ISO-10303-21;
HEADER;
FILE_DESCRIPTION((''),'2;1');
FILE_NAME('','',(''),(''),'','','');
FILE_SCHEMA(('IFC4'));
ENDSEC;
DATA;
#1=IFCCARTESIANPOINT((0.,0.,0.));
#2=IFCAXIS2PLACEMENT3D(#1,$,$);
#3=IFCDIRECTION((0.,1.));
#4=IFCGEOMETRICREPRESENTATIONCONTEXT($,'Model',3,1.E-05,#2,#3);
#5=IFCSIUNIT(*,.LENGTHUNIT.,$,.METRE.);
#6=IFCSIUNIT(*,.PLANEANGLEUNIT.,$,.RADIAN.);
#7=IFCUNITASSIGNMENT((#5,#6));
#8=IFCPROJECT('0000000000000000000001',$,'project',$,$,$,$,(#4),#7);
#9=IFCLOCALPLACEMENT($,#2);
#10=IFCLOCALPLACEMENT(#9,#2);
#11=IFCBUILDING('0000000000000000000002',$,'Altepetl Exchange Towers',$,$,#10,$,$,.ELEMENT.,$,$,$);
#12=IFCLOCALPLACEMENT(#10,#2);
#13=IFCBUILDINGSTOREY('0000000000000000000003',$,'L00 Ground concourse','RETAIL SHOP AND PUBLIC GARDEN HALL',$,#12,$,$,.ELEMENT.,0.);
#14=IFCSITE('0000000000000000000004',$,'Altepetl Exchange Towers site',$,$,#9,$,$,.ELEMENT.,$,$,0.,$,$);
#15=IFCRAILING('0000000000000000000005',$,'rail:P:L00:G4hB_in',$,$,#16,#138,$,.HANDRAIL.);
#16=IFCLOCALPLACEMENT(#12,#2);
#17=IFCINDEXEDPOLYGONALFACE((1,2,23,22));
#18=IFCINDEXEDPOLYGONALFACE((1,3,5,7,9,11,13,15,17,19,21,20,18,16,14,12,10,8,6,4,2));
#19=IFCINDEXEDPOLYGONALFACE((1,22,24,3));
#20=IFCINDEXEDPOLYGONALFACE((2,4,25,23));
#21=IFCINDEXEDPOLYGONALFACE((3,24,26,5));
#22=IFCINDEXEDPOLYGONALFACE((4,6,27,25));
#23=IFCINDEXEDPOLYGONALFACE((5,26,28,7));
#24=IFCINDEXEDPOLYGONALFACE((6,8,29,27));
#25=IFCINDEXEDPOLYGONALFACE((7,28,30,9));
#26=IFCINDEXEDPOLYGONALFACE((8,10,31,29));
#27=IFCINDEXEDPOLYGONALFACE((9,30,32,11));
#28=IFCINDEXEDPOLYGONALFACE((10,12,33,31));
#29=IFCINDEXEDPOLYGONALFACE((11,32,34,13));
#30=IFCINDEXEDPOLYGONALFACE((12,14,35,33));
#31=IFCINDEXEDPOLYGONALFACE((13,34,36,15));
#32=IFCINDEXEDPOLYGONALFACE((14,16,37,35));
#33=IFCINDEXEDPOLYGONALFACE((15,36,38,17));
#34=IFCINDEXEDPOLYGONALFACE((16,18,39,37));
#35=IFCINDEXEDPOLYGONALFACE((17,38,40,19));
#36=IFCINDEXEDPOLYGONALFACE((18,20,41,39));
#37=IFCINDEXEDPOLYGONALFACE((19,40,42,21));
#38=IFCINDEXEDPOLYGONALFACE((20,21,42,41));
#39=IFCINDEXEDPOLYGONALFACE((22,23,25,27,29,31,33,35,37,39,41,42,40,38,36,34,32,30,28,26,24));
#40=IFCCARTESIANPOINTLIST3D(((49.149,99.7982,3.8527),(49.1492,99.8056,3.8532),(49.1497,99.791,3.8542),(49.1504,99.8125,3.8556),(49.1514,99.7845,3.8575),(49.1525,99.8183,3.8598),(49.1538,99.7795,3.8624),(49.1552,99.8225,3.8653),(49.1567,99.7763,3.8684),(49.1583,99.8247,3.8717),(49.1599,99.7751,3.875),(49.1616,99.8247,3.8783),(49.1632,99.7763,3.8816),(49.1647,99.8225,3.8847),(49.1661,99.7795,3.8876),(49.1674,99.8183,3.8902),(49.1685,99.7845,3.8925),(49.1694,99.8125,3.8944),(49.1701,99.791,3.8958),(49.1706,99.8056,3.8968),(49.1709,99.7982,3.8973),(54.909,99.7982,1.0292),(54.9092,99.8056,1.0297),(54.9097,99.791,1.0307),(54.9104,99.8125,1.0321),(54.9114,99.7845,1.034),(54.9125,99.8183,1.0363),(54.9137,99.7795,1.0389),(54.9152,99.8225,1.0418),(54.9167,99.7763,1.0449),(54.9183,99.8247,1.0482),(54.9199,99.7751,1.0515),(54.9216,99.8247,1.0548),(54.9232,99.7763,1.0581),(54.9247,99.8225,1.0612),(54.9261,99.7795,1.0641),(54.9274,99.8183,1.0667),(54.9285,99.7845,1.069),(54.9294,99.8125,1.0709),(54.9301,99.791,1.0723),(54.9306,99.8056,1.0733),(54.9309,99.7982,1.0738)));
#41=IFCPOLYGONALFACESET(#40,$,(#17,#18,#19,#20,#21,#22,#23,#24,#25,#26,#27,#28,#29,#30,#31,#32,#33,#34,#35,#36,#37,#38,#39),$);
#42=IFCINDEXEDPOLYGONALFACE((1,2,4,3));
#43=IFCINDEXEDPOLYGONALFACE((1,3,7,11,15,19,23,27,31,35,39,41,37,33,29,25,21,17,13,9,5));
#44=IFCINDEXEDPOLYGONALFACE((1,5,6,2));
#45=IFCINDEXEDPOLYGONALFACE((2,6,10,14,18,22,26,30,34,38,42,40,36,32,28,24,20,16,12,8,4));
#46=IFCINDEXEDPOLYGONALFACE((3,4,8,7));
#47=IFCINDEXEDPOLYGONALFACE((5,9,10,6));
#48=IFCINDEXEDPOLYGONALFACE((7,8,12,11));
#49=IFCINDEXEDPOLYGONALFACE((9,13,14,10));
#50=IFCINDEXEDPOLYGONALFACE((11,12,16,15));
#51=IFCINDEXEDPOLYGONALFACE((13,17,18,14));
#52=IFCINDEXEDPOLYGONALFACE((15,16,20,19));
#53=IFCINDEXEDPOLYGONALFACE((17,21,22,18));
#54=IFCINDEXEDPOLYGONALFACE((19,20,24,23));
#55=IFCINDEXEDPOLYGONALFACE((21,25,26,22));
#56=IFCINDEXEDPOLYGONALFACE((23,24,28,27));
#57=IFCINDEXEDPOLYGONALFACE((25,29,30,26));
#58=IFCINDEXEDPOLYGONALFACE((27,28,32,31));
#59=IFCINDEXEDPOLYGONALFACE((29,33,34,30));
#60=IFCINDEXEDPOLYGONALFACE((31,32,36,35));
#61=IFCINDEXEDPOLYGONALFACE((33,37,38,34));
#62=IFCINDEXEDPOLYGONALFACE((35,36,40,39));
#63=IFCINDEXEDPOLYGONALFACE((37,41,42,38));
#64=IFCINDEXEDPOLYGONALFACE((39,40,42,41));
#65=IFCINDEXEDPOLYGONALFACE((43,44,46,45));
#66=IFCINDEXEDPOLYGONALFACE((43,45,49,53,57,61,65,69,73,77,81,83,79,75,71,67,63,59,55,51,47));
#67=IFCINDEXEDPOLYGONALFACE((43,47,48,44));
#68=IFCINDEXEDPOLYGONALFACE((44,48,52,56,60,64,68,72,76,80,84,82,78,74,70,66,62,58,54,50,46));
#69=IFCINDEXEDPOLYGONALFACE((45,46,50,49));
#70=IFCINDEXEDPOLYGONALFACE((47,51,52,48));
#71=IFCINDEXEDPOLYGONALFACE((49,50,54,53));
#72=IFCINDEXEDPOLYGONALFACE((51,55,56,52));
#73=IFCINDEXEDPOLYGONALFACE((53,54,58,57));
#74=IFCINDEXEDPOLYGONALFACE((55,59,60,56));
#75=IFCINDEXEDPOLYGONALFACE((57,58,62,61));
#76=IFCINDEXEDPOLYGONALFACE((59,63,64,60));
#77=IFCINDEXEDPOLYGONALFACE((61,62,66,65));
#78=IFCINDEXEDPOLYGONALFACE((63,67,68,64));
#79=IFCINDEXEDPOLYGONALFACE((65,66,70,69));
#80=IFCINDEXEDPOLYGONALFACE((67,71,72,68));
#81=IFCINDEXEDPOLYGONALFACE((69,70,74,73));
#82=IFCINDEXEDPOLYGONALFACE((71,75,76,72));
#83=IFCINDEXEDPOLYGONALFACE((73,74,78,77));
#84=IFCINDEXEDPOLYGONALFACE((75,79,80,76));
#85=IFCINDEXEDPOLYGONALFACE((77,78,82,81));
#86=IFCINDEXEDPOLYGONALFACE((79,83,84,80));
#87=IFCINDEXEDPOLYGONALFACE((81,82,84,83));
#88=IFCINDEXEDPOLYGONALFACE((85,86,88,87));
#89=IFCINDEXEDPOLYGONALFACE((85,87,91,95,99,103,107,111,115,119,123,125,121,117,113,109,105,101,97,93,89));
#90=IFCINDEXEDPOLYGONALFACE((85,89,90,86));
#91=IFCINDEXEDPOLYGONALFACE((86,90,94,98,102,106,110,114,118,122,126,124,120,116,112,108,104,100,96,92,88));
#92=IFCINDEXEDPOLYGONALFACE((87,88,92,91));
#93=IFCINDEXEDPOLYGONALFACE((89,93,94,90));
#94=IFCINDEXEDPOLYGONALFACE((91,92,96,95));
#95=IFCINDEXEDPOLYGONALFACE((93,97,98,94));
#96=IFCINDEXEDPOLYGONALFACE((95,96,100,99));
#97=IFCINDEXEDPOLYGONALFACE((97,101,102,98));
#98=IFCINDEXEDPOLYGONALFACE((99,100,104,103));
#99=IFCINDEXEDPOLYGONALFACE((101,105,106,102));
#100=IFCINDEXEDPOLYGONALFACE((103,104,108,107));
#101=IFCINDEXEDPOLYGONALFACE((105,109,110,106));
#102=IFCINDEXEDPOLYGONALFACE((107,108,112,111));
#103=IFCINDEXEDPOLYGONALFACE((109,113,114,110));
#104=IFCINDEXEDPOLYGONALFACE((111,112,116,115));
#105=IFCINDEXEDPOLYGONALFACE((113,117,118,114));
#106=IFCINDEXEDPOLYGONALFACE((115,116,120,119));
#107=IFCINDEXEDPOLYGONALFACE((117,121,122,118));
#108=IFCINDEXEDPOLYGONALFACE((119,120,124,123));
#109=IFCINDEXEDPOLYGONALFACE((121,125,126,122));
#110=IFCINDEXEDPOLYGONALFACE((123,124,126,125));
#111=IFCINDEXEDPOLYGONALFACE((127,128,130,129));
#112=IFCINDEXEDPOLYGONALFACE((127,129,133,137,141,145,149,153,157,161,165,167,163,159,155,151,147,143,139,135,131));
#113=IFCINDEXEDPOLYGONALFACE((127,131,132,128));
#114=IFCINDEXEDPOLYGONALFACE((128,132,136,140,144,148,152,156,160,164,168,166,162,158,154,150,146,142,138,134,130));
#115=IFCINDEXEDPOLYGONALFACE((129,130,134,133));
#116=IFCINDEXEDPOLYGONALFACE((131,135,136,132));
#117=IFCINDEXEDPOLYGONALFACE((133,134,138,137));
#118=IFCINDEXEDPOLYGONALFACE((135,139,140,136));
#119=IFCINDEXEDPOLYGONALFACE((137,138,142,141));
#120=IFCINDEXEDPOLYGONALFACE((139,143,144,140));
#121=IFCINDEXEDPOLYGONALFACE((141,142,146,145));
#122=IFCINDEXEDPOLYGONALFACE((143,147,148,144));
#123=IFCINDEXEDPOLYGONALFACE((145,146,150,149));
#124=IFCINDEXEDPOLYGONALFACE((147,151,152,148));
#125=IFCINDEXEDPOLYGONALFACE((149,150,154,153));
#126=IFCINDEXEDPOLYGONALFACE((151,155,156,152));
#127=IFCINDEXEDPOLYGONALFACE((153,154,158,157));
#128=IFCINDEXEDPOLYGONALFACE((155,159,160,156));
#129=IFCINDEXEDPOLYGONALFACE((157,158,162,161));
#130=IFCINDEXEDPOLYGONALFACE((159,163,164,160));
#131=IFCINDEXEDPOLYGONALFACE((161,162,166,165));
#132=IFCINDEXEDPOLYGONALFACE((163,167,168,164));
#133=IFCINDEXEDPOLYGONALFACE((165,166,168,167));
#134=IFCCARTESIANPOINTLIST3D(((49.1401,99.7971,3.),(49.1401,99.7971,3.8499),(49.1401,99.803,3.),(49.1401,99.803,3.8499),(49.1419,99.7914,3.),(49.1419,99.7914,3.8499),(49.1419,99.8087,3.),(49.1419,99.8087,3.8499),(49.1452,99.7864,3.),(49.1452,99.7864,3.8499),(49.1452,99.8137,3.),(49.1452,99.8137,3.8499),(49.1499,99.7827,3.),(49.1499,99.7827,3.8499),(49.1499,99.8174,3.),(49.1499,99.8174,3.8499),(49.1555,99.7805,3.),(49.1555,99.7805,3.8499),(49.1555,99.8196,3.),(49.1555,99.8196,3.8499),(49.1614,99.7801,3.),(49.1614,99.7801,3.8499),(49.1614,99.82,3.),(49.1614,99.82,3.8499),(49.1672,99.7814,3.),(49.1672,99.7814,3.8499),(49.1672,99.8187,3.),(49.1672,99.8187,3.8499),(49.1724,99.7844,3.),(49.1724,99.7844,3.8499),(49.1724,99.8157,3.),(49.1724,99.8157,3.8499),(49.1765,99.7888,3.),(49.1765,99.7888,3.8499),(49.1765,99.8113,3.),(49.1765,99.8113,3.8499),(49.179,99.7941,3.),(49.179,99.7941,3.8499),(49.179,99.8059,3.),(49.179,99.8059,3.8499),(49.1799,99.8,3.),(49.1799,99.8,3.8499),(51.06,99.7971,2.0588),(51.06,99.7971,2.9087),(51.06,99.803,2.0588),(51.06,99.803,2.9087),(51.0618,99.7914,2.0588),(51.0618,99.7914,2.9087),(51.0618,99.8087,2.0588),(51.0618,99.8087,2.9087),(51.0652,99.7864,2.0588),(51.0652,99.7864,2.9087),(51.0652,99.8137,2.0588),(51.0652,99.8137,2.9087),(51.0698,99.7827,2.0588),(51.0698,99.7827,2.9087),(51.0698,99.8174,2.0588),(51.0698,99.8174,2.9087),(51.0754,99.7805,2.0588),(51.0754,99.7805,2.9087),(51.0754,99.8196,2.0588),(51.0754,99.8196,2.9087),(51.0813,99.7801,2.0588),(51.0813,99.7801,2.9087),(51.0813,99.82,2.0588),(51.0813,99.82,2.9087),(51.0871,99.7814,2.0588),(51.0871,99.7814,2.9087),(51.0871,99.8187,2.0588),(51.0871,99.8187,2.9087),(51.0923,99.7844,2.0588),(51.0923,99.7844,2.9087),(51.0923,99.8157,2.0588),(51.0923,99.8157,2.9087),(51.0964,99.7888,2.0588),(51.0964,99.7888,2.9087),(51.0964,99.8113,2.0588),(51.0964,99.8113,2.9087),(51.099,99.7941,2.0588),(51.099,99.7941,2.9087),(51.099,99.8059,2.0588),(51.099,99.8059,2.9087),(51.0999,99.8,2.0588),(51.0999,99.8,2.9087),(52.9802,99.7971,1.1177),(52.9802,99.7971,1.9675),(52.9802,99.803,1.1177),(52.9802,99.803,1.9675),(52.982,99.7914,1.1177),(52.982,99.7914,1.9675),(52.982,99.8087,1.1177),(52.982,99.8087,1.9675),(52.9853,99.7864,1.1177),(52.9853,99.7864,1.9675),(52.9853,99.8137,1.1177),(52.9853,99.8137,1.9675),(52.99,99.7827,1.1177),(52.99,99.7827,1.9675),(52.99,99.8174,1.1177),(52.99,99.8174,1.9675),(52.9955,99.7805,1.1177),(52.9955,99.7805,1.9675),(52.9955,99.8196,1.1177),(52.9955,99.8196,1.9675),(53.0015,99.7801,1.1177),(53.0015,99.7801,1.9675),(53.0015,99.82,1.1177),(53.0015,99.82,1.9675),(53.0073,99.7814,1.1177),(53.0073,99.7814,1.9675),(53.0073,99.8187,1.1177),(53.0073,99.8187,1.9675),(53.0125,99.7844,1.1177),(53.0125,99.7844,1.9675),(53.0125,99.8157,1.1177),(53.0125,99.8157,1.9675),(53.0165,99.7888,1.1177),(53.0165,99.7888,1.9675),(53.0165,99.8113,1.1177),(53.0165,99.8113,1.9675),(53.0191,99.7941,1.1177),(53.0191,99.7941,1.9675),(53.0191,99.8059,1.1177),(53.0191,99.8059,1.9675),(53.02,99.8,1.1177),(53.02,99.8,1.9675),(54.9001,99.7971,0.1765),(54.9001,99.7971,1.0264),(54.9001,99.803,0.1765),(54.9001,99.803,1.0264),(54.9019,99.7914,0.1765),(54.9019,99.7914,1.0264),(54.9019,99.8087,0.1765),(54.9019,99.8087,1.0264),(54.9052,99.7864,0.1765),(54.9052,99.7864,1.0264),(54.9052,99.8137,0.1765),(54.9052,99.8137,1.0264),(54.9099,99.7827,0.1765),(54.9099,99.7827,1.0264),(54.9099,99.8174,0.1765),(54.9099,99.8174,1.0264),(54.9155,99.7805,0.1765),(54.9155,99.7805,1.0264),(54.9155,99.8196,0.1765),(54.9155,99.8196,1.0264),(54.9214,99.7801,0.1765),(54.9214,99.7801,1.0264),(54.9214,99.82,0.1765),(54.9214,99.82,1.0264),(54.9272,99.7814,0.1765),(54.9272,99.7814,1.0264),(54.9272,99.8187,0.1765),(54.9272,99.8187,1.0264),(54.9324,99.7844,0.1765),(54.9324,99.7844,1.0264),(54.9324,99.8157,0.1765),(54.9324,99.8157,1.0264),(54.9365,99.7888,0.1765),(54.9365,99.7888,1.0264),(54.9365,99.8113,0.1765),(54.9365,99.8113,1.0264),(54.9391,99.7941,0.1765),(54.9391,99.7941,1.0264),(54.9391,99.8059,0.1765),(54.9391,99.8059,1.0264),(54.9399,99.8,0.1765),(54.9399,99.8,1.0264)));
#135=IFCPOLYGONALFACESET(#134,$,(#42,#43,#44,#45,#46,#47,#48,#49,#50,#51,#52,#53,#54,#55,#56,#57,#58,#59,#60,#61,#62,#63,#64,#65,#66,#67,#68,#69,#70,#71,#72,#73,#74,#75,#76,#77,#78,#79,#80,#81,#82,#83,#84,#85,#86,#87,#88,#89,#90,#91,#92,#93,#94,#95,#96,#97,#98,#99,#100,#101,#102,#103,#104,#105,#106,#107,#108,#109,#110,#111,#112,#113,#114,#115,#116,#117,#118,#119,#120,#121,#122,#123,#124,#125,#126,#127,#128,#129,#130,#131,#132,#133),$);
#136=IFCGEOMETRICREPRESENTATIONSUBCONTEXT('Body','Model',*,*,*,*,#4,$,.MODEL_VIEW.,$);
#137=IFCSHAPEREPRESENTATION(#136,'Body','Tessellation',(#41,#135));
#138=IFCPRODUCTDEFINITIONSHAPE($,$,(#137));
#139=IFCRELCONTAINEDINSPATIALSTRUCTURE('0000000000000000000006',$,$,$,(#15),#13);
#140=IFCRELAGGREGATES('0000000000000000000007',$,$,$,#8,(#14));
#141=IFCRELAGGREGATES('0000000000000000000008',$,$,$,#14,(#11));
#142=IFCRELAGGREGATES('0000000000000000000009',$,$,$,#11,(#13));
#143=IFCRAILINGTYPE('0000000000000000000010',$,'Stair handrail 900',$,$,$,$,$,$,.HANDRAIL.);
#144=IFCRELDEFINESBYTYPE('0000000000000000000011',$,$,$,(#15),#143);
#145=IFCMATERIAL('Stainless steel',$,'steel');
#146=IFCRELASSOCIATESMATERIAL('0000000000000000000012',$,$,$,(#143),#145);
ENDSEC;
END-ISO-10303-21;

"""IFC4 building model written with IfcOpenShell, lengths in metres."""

from ifc_helpers import new_model, si_unit, direction, frame, origin, origin_2d, place, context, subcontext, project, spatial, circle, extrude, source, transform, mapped, material, type_object, element, save


model = new_model("IFC4")

# Units and contexts
model_context = context("Model", 3, precision=1e-05, world=origin(), true_north=direction((0.0, 1.0)))
body_context = subcontext(model_context, "Body", "Model", "MODEL_VIEW")
ifc_project = project(units=[si_unit("LENGTHUNIT", "METRE"), si_unit("PLANEANGLEUNIT", "RADIAN")], contexts=[model_context])

# Site, building, storey
site_placement = place(None, origin())
site = spatial("IfcSite", under=ifc_project, at=site_placement, Name="Altepetl Exchange Towers site", CompositionType="ELEMENT", RefElevation=0.0)
building_placement = place(site_placement, origin())
building = spatial("IfcBuilding", under=site, at=building_placement, Name="Altepetl Exchange Towers", CompositionType="ELEMENT")
storey_placement = place(building_placement, origin())
storey = spatial("IfcBuildingStorey", under=building, at=storey_placement, Name="L00 Ground concourse", Description="RETAIL SHOP AND PUBLIC GARDEN HALL", CompositionType="ELEMENT", Elevation=0.0)

# Railing
ifc_material_1 = material(Name="Stainless steel", Category="steel")
railing_type_1 = type_object("IfcRailingType", Name="Stair handrail 900", PredefinedType="HANDRAIL", material=ifc_material_1)
shared_shape_1 = source(origin(), body_context, "Body", "SweptSolid", [
    extrude(circle(Radius=0.02, at=origin_2d()), origin(), (0.0, 0.0, 1.0), 0.8499),
])
for number, where, name in (
    (1, (54.9199, 99.8, 0.1765), "rail:P:L00:G4hB_in"),
):
    element("IfcRailing", number, at=place(storey_placement, frame(where)), inside=storey, type_object=railing_type_1, Name=name, PredefinedType="HANDRAIL", context=body_context, shape_type="SweptSolid", body=[
        extrude(circle(Radius=0.0249, at=origin_2d()), frame((0.0, 0.0, 0.875), z_axis=(-0.897924, 0.0, 0.440151), x_axis=(0.0, -1.0, 0.0)), (0.0, 0.0, 1.0), 6.4148),
        mapped(shared_shape_1, transform((0.0, 0.0, 0.0))),
        mapped(shared_shape_1, transform((-1.9199, 0.0, 0.9412))),
        mapped(shared_shape_1, transform((-3.8401, 0.0, 1.8823))),
        mapped(shared_shape_1, transform((-5.76, 0.0, 2.8235))),
    ])

save(model, "model.ifc")
